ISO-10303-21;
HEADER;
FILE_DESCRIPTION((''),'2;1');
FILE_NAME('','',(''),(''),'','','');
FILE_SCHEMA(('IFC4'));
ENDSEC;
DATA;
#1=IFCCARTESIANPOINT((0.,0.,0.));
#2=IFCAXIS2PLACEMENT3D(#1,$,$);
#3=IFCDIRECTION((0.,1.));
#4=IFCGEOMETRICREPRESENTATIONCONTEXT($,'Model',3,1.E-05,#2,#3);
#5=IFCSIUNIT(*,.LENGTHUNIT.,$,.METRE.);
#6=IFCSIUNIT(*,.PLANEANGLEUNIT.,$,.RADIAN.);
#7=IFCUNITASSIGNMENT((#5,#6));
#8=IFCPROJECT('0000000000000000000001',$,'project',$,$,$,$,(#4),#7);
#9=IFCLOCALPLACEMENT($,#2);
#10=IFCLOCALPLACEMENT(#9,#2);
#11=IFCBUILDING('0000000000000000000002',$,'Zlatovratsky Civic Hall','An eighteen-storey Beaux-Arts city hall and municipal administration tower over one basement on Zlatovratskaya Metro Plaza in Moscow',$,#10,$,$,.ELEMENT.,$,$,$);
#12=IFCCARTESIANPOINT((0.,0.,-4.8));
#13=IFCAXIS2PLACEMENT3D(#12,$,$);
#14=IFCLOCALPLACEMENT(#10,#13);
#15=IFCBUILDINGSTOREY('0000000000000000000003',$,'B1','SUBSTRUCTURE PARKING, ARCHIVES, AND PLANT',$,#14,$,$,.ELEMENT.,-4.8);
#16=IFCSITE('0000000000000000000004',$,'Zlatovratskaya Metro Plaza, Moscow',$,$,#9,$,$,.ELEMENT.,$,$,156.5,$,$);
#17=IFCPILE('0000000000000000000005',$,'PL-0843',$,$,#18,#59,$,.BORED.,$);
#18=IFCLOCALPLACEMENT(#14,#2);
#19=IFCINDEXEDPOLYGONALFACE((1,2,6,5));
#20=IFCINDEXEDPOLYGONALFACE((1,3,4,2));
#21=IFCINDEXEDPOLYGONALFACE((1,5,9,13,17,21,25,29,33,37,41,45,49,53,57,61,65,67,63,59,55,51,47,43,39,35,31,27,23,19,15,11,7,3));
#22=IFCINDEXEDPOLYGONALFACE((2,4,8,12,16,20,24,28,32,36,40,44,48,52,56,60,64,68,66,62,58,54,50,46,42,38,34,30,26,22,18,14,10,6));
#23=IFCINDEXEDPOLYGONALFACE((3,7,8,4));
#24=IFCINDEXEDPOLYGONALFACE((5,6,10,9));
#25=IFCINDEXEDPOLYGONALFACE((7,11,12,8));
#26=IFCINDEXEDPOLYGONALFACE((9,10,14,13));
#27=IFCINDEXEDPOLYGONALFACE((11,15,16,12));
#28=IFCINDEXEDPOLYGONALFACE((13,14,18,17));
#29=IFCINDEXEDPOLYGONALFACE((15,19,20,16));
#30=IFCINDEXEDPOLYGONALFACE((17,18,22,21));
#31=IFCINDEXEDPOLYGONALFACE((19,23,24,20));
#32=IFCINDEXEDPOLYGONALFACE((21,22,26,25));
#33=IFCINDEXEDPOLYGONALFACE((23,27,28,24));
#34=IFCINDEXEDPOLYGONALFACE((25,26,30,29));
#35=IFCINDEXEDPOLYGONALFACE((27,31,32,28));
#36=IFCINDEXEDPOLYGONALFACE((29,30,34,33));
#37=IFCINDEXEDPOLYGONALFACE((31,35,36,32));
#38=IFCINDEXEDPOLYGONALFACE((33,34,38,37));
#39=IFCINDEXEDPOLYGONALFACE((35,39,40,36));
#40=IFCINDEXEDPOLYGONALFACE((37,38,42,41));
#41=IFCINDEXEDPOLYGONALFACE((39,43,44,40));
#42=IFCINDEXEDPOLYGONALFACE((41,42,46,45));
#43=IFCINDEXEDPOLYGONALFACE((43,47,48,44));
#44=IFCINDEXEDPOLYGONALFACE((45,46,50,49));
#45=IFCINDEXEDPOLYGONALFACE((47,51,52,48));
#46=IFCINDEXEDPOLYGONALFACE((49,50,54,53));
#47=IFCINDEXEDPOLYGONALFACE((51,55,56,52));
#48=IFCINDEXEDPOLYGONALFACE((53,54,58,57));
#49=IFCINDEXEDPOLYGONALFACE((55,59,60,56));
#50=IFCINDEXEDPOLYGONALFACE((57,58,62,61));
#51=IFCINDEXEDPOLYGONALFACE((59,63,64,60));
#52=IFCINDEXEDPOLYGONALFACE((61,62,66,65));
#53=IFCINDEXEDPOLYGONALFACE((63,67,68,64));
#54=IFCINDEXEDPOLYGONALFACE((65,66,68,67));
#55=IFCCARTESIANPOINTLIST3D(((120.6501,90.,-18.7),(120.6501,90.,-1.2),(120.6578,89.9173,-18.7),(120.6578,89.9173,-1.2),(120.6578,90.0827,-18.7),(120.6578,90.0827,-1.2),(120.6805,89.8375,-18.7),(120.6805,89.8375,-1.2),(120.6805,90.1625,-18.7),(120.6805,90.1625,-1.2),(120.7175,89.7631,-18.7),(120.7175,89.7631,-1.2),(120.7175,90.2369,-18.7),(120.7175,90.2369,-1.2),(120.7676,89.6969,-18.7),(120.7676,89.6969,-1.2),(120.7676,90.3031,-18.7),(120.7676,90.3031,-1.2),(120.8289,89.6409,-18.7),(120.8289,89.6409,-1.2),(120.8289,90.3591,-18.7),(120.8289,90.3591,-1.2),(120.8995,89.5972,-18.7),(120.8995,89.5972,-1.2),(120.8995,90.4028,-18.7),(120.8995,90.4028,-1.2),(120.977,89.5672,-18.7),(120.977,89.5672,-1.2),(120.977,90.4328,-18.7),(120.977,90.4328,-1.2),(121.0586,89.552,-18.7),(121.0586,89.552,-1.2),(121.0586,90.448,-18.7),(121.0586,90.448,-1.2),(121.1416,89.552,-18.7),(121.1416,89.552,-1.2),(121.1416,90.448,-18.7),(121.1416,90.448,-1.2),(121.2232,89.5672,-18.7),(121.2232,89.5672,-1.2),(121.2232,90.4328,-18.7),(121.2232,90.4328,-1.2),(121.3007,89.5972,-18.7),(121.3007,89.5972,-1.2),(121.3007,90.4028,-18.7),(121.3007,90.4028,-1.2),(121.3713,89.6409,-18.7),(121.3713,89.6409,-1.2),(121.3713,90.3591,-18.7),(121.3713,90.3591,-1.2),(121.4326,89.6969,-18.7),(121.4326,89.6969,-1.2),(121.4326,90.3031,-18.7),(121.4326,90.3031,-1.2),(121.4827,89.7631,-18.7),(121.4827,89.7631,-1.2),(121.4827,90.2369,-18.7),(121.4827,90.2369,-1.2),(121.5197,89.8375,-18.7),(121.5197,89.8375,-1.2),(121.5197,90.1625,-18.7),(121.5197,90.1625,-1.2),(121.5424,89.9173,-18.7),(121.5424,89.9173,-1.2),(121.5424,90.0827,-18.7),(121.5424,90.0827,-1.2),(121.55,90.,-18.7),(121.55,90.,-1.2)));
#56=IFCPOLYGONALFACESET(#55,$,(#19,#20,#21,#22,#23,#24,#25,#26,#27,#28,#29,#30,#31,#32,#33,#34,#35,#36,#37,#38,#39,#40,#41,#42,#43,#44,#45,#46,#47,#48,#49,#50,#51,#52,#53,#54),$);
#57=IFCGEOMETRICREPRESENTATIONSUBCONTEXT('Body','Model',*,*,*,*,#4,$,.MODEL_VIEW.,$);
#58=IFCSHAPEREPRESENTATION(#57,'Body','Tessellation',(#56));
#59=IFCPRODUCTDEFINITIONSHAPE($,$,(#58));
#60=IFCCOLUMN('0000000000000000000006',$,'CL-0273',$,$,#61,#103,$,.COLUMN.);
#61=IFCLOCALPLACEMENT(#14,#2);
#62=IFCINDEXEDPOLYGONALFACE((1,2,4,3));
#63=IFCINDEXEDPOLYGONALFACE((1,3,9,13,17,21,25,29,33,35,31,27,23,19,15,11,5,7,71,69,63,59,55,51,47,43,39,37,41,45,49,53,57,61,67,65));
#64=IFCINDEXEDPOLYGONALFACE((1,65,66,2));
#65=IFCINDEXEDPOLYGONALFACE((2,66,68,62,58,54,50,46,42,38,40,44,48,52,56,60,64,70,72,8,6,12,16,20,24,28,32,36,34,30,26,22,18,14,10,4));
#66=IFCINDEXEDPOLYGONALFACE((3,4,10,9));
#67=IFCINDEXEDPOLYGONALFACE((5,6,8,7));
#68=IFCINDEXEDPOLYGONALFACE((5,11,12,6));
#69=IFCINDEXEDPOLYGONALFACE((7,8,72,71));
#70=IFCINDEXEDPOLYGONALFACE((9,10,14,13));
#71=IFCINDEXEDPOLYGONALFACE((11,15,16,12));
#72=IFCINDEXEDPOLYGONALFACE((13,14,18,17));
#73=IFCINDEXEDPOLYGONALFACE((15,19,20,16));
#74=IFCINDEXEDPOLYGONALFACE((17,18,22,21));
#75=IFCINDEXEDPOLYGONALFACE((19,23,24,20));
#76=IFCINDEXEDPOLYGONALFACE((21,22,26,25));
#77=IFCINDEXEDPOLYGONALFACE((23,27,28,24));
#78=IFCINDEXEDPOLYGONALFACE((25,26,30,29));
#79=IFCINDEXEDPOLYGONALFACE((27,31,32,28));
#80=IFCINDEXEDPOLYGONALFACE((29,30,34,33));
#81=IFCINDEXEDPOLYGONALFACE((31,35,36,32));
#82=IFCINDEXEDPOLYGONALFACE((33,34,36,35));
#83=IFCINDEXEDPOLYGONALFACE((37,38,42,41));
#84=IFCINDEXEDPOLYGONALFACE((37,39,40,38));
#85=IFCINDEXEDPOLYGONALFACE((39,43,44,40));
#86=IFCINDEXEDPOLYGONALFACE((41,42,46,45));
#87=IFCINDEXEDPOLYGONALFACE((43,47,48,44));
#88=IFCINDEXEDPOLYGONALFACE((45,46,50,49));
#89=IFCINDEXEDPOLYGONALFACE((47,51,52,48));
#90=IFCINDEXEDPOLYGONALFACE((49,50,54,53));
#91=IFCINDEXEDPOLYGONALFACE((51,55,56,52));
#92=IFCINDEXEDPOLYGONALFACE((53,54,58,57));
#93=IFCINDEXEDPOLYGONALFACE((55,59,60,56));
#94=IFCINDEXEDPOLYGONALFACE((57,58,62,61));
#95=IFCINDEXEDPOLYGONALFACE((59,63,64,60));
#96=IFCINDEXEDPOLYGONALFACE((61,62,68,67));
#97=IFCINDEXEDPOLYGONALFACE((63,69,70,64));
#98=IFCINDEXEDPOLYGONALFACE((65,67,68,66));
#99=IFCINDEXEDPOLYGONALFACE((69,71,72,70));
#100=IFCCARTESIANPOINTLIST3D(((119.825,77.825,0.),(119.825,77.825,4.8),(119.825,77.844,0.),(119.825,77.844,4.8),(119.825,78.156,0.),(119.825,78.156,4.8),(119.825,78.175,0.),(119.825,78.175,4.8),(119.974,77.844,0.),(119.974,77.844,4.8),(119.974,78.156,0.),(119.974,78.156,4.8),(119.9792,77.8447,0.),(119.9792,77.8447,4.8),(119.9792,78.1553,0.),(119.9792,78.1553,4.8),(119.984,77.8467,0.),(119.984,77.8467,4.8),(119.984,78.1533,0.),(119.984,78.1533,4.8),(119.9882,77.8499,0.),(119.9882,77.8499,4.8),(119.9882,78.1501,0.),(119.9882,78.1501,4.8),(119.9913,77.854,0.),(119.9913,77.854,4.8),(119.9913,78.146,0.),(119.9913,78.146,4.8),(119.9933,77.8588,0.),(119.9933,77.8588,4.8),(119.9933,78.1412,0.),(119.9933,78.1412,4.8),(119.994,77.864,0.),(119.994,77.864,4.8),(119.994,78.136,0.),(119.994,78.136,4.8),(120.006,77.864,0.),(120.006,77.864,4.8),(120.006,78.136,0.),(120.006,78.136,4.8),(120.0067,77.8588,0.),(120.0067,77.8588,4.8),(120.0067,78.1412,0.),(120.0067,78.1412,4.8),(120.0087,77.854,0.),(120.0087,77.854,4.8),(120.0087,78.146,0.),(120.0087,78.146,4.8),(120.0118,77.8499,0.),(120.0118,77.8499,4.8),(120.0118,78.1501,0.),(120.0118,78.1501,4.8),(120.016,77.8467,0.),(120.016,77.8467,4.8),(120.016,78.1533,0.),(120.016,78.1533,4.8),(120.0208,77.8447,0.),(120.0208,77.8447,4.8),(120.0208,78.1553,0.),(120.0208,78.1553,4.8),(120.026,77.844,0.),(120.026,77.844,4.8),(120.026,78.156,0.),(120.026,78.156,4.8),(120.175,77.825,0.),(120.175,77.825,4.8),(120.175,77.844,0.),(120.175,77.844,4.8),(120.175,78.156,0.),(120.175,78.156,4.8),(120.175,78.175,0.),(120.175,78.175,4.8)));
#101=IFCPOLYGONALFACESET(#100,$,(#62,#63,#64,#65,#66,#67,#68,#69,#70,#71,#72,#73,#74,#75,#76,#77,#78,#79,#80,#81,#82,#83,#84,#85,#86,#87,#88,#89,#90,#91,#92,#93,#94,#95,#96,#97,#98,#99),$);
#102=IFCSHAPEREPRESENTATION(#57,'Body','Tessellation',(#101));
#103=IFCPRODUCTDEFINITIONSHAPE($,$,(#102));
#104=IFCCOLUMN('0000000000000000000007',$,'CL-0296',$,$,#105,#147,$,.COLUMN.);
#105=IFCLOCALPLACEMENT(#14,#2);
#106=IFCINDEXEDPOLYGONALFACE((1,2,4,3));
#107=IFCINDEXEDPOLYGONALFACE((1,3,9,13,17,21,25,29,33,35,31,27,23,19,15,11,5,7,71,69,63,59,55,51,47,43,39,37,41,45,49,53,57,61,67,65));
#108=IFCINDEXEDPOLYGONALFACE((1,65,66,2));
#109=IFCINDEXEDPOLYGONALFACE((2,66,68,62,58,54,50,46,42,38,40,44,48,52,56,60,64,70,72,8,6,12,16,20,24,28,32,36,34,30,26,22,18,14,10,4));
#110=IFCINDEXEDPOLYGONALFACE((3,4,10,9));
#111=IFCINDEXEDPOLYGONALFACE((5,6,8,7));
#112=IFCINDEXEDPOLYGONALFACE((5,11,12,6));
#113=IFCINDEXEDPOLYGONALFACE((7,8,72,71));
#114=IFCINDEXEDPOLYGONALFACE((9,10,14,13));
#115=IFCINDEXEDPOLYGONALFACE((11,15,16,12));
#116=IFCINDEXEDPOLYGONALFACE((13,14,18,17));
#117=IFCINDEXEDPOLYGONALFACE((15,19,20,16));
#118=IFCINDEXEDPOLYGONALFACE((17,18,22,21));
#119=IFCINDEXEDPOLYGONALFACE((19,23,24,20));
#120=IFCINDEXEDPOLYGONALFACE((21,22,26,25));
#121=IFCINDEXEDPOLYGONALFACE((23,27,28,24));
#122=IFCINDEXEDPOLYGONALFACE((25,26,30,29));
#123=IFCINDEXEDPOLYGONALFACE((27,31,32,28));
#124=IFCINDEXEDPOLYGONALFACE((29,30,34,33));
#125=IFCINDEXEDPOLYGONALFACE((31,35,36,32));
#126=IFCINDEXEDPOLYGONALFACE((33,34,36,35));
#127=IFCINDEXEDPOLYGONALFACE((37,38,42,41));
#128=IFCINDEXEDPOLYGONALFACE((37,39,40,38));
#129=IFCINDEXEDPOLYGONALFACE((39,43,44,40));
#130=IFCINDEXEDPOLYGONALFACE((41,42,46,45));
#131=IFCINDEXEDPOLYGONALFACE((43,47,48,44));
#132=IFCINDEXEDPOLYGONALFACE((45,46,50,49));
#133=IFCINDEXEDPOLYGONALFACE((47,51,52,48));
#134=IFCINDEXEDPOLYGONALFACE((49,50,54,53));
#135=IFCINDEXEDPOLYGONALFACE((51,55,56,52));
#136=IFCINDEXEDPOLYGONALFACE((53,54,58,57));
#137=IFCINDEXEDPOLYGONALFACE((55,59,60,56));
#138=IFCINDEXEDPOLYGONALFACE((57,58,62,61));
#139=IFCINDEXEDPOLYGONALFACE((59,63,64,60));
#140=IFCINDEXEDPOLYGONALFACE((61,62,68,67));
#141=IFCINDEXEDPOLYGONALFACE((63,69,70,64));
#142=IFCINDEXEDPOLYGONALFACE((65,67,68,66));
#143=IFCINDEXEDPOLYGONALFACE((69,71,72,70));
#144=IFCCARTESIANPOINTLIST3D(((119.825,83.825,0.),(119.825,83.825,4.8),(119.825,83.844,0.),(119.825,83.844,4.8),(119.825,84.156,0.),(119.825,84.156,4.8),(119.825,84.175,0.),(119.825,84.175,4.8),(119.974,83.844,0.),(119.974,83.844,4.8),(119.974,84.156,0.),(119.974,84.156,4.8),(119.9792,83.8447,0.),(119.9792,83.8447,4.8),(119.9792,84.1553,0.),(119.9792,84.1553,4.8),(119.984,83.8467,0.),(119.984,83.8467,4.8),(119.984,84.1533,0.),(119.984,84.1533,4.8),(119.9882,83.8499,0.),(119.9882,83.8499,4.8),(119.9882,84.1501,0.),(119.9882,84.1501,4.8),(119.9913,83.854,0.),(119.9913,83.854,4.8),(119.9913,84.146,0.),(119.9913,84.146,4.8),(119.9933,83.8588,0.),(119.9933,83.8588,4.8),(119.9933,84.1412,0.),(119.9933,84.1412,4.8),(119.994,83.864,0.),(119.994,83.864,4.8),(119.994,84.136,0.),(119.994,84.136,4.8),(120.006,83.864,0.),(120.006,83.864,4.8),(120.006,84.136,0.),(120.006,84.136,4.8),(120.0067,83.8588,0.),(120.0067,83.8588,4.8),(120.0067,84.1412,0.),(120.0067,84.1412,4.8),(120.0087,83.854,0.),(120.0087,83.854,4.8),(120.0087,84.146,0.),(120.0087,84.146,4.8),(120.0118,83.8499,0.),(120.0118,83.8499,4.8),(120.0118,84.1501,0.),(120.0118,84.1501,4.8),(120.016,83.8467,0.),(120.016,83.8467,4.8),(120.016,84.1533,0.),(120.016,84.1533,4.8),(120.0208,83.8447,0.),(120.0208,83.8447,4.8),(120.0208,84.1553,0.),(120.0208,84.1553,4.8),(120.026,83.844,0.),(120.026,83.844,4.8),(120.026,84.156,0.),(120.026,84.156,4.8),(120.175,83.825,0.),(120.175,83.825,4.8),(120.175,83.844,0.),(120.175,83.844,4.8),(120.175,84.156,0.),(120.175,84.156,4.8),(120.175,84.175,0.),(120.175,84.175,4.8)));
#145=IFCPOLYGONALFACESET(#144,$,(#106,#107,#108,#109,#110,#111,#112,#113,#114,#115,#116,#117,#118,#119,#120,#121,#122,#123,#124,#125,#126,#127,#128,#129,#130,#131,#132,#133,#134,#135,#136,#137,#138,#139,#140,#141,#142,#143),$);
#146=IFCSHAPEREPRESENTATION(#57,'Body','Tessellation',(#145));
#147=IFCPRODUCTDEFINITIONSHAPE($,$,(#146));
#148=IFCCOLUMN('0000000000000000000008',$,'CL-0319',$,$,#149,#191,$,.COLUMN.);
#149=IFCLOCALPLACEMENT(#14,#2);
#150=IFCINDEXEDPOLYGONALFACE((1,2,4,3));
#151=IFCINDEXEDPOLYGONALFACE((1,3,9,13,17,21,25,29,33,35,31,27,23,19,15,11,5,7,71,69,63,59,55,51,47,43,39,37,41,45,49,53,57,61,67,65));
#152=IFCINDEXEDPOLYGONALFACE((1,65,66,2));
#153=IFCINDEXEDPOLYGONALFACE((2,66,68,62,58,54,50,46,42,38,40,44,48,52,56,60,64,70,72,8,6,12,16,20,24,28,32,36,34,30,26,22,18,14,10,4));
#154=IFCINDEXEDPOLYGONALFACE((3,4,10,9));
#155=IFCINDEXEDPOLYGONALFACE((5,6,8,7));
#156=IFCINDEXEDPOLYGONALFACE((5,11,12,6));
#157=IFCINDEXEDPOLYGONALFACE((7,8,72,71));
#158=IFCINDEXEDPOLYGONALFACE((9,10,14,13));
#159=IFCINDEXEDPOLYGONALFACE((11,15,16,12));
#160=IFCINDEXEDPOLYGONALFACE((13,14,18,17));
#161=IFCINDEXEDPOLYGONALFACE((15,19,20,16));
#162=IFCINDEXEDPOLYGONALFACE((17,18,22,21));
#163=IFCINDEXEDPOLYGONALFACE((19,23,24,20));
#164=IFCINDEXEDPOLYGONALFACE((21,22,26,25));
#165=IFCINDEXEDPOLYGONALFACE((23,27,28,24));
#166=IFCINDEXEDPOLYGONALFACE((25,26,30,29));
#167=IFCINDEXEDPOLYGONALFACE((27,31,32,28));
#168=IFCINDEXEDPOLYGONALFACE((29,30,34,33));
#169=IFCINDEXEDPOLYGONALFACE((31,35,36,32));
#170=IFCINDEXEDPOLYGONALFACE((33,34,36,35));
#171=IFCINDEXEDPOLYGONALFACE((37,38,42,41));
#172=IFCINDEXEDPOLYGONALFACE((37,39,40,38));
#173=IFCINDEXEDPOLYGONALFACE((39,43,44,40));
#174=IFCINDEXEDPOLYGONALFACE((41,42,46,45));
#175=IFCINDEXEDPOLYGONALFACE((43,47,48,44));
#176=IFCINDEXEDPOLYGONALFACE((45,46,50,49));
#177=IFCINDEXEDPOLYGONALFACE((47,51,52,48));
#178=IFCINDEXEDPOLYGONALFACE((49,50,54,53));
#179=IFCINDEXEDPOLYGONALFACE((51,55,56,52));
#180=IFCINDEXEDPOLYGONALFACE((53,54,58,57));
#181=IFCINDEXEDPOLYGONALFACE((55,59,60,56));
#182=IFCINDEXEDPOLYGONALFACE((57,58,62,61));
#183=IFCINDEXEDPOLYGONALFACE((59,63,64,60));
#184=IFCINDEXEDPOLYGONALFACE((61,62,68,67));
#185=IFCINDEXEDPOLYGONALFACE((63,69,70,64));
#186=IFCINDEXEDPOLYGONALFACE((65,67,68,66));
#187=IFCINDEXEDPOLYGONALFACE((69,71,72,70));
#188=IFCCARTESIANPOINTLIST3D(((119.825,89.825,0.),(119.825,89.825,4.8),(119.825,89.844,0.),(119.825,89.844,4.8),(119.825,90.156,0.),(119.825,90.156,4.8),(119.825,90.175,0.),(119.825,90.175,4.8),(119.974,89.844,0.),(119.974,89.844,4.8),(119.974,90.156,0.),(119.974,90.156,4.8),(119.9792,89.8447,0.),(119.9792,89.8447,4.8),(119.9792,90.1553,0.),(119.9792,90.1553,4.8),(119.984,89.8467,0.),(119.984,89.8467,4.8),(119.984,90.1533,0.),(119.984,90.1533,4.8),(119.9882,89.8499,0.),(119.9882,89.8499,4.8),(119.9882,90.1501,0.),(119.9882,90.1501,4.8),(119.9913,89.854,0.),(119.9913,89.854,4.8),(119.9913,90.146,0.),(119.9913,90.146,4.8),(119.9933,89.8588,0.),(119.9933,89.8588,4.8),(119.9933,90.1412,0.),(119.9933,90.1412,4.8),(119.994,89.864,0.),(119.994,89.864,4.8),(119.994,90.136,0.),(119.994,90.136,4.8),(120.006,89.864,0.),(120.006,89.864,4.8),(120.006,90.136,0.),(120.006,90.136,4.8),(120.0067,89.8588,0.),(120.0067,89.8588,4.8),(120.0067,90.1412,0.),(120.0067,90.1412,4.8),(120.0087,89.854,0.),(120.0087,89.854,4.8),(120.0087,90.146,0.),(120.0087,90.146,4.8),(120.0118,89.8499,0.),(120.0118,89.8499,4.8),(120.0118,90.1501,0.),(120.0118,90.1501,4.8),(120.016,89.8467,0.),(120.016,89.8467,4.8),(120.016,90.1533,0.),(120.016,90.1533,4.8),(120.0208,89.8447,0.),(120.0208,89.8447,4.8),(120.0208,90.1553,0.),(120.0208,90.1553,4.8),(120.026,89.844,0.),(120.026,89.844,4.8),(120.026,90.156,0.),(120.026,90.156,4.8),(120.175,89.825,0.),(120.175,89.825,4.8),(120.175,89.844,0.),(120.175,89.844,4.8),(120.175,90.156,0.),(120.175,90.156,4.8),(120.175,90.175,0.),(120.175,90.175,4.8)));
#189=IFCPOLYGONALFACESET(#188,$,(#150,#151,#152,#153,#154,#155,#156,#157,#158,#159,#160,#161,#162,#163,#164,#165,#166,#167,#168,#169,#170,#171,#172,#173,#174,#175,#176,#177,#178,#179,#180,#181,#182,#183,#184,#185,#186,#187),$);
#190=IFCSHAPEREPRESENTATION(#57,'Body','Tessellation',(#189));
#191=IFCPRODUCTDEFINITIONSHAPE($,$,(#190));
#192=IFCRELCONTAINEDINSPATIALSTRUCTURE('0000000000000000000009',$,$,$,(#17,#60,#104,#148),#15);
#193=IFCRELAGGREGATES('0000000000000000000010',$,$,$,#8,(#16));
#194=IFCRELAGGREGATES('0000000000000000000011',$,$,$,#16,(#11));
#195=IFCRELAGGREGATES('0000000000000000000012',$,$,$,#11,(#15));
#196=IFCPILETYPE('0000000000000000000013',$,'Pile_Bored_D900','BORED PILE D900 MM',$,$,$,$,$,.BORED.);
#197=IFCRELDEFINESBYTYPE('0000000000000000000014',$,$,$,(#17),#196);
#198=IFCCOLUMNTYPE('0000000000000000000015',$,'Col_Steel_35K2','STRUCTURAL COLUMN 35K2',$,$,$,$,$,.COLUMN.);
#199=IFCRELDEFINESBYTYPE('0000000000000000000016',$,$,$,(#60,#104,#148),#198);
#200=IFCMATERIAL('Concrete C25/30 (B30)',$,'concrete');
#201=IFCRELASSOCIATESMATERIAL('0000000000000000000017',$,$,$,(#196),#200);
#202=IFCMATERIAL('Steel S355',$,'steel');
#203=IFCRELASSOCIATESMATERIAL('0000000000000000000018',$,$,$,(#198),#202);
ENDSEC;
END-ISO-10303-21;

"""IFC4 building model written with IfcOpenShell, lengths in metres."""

from ifc_helpers import new_model, si_unit, direction, frame, origin, origin_2d, place, context, subcontext, project, spatial, circle, i_section, extrude, material, material_profile, profile_set, type_object, element, save


model = new_model("IFC4")

# Units and contexts
model_context = context("Model", 3, precision=1e-05, world=origin(), true_north=direction((0.0, 1.0)))
body_context = subcontext(model_context, "Body", "Model", "MODEL_VIEW")
ifc_project = project(units=[si_unit("LENGTHUNIT", "METRE"), si_unit("PLANEANGLEUNIT", "RADIAN")], contexts=[model_context])

# Site, building, storey
site_placement = place(None, origin())
site = spatial("IfcSite", under=ifc_project, at=site_placement, Name="Zlatovratskaya Metro Plaza, Moscow", CompositionType="ELEMENT", RefElevation=156.5)
building_placement = place(site_placement, origin())
building = spatial("IfcBuilding", under=site, at=building_placement, Name="Zlatovratsky Civic Hall", Description="An eighteen-storey Beaux-Arts city hall and municipal administration tower over one basement on Zlatovratskaya Metro Plaza in Moscow", CompositionType="ELEMENT")
storey_placement = place(building_placement, frame((0.0, 0.0, -4.8)))
storey = spatial("IfcBuildingStorey", under=building, at=storey_placement, Name="B1", Description="SUBSTRUCTURE PARKING, ARCHIVES, AND PLANT", CompositionType="ELEMENT", Elevation=-4.8)

# Shared definitions
ifc_material_1 = material(Name="Concrete C25/30 (B30)", Category="concrete")

# Pile
ifc_material_profile_1 = material_profile(ifc_material_1, circle(Radius=0.45, at=origin_2d()), Name="PILE D900")
ifc_profile_set_1 = profile_set([ifc_material_profile_1], Name="Concrete C25/30 (B30)")
pile_type_1 = type_object("IfcPileType", Name="Pile_Bored_D900", Description="BORED PILE D900 MM", PredefinedType="BORED", material=ifc_profile_set_1)
for number, where, z_axis, x_axis, name in (
    (1, (121.1001, 90.0, -1.2), (0.0, 0.0, -1.0), (1.0, 0.0, 0.0), "PL-0843"),
):
    element("IfcPile", number, at=place(storey_placement, frame(where, z_axis=z_axis, x_axis=x_axis)), inside=storey, type_object=pile_type_1, Name=name, PredefinedType="BORED", context=body_context, shape_type="SweptSolid", body=[
        extrude(circle(Radius=0.45, at=origin_2d()), origin(), (0.0, 0.0, 1.0), 17.5),
    ])

# Columns
ifc_material_2 = material(Name="Steel S355", Category="steel")
ifc_material_profile_2 = material_profile(ifc_material_2, i_section(OverallWidth=0.3501, OverallDepth=0.3501, WebThickness=0.012, FlangeThickness=0.019, FilletRadius=0.02, at=origin_2d()), Name="35K2")
ifc_profile_set_2 = profile_set([ifc_material_profile_2], Name="Steel S355")
column_type = type_object("IfcColumnType", Name="Col_Steel_35K2", Description="STRUCTURAL COLUMN 35K2", PredefinedType="COLUMN", material=ifc_profile_set_2)
for number, where, z_axis, x_axis, name in (
    (2, (120.0, 78.0, 0.0), (0.0, 0.0, 1.0), (1.0, 0.0, 0.0), "CL-0273"),
    (3, (120.0, 84.0, 0.0), (0.0, 0.0, 1.0), (1.0, 0.0, 0.0), "CL-0296"),
    (4, (120.0, 90.0, 0.0), (0.0, 0.0, 1.0), (1.0, 0.0, 0.0), "CL-0319"),
):
    element("IfcColumn", number, at=place(storey_placement, frame(where, z_axis=z_axis, x_axis=x_axis)), inside=storey, type_object=column_type, Name=name, PredefinedType="COLUMN", context=body_context, shape_type="SweptSolid", body=[
        extrude(i_section(OverallWidth=0.3501, OverallDepth=0.3501, WebThickness=0.012, FlangeThickness=0.019, FilletRadius=0.02, at=origin_2d()), origin(), (0.0, 0.0, 1.0), 4.8),
    ])

save(model, "model.ifc")
